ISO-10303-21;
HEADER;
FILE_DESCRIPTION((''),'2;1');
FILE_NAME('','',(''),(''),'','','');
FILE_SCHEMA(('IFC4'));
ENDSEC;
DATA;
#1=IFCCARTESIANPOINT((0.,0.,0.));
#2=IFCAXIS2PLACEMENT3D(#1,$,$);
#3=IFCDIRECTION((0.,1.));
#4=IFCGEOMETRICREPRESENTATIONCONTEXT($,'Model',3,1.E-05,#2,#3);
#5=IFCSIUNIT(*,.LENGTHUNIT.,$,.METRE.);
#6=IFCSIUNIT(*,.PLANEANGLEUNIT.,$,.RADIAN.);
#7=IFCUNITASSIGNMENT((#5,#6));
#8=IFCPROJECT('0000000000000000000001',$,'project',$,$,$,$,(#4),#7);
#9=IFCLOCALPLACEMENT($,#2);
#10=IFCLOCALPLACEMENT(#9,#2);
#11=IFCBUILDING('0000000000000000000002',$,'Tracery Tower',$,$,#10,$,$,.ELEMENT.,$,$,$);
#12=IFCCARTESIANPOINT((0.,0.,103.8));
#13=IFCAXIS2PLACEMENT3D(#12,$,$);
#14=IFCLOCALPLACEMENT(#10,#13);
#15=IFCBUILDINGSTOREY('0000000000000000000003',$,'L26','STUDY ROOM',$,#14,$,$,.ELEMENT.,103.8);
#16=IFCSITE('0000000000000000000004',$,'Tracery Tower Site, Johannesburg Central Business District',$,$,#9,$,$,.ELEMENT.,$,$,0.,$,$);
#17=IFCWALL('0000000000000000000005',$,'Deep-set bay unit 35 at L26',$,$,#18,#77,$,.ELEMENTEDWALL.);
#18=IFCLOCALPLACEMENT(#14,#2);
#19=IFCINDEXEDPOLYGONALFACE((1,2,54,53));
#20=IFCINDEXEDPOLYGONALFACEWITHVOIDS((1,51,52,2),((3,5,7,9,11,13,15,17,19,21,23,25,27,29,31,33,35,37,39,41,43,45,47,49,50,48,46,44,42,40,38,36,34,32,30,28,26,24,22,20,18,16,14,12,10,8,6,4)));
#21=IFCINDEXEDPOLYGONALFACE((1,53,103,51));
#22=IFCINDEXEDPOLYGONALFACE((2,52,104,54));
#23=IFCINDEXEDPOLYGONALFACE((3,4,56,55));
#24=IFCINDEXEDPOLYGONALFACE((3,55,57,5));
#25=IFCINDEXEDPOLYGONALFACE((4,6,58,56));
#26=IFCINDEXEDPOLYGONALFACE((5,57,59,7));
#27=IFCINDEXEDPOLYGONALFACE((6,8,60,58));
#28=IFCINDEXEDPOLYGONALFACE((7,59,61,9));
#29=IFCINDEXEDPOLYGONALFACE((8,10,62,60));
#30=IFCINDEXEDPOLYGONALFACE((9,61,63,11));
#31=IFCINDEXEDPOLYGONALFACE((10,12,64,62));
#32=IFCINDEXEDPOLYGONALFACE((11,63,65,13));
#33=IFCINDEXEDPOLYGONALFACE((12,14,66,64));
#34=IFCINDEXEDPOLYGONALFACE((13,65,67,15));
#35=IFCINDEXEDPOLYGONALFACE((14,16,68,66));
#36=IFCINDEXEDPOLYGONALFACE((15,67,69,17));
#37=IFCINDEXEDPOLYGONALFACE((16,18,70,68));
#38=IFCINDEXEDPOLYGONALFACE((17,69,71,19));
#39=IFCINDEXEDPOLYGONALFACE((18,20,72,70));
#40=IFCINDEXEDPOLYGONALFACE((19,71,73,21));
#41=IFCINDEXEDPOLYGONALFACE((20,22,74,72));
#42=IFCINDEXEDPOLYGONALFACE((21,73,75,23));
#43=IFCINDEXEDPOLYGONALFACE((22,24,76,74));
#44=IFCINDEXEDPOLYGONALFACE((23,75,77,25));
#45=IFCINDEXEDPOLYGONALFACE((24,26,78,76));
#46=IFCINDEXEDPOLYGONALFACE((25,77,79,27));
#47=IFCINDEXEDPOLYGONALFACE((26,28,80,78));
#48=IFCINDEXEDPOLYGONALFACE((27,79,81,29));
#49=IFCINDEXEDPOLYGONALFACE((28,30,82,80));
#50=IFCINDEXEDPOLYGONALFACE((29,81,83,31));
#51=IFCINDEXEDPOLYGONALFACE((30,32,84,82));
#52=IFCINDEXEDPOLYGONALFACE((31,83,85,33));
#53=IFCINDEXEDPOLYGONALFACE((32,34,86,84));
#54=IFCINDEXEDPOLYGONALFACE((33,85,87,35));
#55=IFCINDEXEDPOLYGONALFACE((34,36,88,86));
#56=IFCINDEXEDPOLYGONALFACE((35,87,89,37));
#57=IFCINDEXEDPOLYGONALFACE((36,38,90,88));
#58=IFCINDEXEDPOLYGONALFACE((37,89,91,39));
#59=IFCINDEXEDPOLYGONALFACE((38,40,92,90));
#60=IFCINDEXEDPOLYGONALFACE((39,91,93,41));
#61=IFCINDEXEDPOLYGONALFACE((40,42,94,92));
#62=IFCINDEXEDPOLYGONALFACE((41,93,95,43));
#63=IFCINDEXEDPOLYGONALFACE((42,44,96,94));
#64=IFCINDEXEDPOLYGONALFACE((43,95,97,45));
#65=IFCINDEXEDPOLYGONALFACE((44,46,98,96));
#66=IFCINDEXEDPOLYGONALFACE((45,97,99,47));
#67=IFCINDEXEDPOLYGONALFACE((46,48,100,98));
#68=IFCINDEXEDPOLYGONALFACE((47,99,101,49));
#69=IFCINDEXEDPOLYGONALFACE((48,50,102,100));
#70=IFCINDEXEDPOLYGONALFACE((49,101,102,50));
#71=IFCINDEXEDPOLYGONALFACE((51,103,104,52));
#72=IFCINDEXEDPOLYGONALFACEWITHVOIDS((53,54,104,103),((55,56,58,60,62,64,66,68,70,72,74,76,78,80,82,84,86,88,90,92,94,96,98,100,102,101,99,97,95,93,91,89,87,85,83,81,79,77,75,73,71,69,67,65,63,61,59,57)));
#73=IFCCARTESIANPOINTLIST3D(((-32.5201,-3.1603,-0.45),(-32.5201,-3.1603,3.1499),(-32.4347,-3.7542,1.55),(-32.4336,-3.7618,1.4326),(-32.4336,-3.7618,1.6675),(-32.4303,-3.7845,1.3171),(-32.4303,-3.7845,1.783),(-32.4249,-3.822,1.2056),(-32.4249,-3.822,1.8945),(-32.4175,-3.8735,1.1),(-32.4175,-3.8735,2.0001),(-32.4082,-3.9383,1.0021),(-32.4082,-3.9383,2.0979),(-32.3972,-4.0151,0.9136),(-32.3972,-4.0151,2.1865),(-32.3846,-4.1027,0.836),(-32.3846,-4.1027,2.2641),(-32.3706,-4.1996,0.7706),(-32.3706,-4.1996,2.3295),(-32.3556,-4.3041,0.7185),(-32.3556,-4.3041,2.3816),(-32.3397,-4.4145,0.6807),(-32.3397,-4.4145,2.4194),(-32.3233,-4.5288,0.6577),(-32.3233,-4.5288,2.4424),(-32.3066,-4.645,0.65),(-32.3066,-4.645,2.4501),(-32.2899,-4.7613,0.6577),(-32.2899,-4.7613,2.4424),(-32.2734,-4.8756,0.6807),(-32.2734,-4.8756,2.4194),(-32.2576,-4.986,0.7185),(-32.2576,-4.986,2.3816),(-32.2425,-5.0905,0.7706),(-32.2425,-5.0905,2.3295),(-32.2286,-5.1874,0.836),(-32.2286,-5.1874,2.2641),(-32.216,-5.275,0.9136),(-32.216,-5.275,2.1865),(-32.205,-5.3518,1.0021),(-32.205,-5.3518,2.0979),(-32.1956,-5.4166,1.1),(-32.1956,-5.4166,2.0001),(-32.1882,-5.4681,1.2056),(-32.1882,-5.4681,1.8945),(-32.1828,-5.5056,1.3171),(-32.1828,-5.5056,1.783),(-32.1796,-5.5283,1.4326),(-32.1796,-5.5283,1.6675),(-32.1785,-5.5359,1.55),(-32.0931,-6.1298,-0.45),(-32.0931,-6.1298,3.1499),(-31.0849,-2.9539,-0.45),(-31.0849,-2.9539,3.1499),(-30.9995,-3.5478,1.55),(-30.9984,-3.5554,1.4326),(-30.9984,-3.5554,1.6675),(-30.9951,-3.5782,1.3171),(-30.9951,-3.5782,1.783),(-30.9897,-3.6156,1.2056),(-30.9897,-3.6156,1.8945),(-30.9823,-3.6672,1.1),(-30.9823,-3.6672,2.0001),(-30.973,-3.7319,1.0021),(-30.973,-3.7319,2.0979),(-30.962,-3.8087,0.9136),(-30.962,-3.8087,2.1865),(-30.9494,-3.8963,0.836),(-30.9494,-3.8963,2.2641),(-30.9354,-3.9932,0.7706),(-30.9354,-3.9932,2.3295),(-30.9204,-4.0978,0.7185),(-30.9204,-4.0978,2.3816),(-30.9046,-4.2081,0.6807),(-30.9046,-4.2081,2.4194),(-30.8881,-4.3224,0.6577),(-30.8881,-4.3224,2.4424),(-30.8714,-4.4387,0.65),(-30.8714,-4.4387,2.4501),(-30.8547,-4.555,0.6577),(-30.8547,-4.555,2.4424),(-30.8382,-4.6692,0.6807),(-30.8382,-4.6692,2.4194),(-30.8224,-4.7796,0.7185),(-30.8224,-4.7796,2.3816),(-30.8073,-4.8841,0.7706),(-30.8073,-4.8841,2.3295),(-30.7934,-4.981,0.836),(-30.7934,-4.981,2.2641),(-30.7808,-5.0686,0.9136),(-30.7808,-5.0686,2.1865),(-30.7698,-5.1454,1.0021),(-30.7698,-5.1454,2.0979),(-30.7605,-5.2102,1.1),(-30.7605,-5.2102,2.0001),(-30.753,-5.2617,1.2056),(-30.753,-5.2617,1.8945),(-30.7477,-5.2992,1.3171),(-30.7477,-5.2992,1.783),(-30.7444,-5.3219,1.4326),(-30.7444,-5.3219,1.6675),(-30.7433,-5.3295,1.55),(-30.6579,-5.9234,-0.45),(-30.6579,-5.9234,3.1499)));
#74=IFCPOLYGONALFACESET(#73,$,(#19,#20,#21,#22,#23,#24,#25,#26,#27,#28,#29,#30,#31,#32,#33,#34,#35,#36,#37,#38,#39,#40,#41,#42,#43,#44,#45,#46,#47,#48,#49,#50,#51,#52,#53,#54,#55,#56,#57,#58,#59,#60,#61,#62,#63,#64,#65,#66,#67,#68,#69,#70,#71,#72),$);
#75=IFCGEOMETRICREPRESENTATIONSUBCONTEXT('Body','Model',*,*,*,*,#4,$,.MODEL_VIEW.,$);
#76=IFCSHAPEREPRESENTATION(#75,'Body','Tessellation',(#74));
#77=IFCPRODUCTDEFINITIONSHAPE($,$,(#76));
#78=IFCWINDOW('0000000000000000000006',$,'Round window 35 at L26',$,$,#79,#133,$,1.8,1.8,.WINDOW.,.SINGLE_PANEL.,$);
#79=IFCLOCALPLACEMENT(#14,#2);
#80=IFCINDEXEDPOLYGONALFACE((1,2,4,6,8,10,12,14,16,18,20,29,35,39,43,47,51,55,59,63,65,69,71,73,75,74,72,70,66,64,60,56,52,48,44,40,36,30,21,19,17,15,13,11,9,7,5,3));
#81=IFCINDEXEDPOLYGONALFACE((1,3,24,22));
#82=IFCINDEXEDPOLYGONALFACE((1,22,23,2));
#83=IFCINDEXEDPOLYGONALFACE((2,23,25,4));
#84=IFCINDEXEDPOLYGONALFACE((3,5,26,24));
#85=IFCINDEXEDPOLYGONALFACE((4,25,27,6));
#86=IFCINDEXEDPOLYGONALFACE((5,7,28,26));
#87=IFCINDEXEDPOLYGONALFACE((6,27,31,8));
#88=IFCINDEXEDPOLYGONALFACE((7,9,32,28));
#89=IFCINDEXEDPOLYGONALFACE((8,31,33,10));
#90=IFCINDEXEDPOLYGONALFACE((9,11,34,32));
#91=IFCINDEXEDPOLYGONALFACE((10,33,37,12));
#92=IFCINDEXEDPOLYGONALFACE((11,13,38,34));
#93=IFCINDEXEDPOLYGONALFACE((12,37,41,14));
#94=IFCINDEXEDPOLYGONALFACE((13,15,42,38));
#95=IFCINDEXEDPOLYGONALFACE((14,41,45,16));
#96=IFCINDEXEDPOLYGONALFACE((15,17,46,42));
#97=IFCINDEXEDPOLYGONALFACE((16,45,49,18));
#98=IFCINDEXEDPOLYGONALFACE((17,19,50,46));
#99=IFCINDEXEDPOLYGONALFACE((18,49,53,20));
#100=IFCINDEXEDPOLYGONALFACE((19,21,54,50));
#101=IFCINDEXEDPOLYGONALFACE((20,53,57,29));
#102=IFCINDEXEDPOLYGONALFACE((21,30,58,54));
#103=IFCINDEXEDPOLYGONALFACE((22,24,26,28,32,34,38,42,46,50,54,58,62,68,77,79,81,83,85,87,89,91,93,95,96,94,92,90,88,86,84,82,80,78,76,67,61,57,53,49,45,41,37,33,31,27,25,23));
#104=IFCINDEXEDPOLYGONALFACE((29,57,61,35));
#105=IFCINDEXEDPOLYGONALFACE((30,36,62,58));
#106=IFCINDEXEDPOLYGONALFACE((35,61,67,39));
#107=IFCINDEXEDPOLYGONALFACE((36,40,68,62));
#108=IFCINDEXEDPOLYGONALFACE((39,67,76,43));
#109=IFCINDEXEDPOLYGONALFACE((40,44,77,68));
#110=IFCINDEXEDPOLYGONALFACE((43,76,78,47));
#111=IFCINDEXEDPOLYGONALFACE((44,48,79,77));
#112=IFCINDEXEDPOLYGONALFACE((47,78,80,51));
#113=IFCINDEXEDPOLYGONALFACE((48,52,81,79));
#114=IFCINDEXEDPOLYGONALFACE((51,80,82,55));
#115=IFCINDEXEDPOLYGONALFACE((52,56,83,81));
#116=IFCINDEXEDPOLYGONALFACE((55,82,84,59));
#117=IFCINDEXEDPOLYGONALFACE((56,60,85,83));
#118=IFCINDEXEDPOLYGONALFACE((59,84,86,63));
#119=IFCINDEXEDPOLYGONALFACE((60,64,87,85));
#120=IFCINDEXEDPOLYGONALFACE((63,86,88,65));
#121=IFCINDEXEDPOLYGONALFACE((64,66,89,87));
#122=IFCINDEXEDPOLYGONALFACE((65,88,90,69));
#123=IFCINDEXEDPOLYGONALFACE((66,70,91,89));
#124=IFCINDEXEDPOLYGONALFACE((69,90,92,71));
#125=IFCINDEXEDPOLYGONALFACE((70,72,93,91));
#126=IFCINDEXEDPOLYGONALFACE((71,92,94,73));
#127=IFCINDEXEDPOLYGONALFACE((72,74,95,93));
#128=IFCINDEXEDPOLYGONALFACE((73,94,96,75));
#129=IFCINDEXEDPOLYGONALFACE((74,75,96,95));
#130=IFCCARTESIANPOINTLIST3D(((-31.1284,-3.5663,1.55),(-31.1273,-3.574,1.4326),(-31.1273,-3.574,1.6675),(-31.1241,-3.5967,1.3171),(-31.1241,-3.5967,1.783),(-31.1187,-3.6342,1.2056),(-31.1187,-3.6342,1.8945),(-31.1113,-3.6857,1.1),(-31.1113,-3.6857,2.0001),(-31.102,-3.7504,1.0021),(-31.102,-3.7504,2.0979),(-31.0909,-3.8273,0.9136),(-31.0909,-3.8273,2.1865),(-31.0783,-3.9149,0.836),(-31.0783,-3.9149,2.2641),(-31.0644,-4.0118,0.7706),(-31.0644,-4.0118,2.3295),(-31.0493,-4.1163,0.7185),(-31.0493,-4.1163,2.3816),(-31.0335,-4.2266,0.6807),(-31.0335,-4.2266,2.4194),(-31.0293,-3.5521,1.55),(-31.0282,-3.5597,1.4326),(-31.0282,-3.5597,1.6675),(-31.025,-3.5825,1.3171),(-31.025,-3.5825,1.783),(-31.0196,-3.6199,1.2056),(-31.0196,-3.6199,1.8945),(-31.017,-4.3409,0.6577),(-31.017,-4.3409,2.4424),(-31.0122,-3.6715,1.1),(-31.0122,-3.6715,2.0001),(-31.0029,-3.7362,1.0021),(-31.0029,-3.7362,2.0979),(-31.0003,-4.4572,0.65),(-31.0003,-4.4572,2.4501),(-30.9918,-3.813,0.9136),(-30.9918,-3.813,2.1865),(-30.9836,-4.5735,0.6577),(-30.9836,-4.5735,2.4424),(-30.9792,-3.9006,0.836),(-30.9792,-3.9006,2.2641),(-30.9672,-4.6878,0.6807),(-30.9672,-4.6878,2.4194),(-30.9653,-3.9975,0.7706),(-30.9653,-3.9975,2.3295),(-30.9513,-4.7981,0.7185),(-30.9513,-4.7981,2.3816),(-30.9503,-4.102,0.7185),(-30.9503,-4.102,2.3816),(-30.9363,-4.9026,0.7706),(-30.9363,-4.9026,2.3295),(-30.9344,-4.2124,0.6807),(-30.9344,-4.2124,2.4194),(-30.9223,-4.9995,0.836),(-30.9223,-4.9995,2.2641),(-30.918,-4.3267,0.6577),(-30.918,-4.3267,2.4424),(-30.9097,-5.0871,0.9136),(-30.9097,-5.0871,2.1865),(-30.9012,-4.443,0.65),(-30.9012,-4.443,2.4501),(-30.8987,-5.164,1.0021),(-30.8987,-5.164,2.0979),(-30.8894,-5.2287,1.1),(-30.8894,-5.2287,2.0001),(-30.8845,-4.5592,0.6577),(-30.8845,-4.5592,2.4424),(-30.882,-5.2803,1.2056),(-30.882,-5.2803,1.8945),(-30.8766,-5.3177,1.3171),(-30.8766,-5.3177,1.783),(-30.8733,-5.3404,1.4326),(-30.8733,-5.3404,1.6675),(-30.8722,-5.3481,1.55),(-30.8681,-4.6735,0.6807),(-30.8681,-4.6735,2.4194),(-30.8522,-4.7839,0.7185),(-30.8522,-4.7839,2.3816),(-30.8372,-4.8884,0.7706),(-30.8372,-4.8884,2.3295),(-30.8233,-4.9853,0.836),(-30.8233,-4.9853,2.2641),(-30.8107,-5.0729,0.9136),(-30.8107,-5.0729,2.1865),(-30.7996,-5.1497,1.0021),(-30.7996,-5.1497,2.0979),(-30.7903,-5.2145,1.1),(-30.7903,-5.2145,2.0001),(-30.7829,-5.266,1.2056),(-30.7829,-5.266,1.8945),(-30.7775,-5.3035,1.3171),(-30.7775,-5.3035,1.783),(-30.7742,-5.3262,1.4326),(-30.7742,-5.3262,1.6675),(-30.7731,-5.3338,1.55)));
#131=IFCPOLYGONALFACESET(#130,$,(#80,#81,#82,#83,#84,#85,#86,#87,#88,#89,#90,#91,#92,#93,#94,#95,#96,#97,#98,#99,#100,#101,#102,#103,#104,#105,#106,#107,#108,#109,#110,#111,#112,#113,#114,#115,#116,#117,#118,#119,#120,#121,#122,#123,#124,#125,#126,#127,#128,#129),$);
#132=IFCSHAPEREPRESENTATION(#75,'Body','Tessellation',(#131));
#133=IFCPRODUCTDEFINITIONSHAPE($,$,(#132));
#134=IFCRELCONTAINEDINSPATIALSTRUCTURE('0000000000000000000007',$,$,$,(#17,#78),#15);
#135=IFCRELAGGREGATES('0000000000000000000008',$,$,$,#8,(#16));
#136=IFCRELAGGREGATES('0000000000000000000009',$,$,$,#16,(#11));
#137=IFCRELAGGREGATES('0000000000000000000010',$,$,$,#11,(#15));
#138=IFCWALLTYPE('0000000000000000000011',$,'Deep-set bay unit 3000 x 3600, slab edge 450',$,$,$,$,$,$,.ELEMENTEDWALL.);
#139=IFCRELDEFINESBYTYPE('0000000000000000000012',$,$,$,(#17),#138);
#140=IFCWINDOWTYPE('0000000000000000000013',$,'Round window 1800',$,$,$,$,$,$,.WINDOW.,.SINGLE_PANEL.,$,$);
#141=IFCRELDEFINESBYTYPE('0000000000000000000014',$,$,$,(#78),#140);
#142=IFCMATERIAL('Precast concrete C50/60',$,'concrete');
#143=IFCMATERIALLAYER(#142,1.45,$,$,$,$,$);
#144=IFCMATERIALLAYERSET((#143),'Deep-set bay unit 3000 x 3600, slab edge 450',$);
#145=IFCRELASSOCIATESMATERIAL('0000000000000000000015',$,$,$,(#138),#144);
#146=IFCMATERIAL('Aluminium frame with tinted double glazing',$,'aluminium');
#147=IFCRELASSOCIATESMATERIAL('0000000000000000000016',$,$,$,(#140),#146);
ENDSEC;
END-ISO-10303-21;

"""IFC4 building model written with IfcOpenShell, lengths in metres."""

from ifc_helpers import new_model, si_unit, direction, frame, frame_2d, origin, origin_2d, place, context, subcontext, project, spatial, rectangle, circle, extrude, material, layer, layer_set, type_object, element, fill, save


model = new_model("IFC4")

# Units and contexts
model_context = context("Model", 3, precision=1e-05, world=origin(), true_north=direction((0.0, 1.0)))
body_context = subcontext(model_context, "Body", "Model", "MODEL_VIEW")
ifc_project = project(units=[si_unit("LENGTHUNIT", "METRE"), si_unit("PLANEANGLEUNIT", "RADIAN")], contexts=[model_context])

# Site, building, storey
site_placement = place(None, origin())
site = spatial("IfcSite", under=ifc_project, at=site_placement, Name="Tracery Tower Site, Johannesburg Central Business District", CompositionType="ELEMENT", RefElevation=0.0)
building_placement = place(site_placement, origin())
building = spatial("IfcBuilding", under=site, at=building_placement, Name="Tracery Tower", CompositionType="ELEMENT")
storey_placement = place(building_placement, frame((0.0, 0.0, 103.8)))
storey = spatial("IfcBuildingStorey", under=building, at=storey_placement, Name="L26", Description="STUDY ROOM", CompositionType="ELEMENT", Elevation=103.8)

# Wall, opening, window
ifc_material_1 = material(Name="Precast concrete C50/60", Category="concrete")
ifc_layer_1 = layer(ifc_material_1, 1.45)
ifc_layer_set_1 = layer_set([ifc_layer_1], Name="Deep-set bay unit 3000 x 3600, slab edge 450")
wall_type_1 = type_object("IfcWallType", Name="Deep-set bay unit 3000 x 3600, slab edge 450", PredefinedType="ELEMENTEDWALL", material=ifc_layer_set_1)
wall_1_placement = place(storey_placement, frame((-31.8025, -3.0571, -0.45), z_axis=(0.0, 0.0, 1.0), x_axis=(0.142333, -0.989819, 0.0)))
wall_1 = element("IfcWall", 1, at=wall_1_placement, inside=storey, type_object=wall_type_1, Name="Deep-set bay unit 35 at L26", PredefinedType="ELEMENTEDWALL", context=body_context, shape_type="SweptSolid", body=[
    extrude(rectangle(XDim=3.0, YDim=1.45, at=frame_2d((1.5, 0.0))), origin(), (0.0, 0.0, 1.0), 3.5999),
])
opening_1_placement = place(wall_1_placement, frame((1.5, 0.0, 2.0)))
opening_1 = element("IfcOpeningElement", 2, at=opening_1_placement, cuts=wall_1, PredefinedType="OPENING", context=body_context, shape_type="SweptSolid", body=[
    extrude(circle(Radius=0.9, at=origin_2d()), frame((0.0, 0.7349, 0.0), z_axis=(0.0, -1.0, 0.0), x_axis=(1.0, 0.0, 0.0)), (0.0, 0.0, 1.0), 1.47),
])
ifc_material_2 = material(Name="Aluminium frame with tinted double glazing", Category="aluminium")
window_type = type_object("IfcWindowType", Name="Round window 1800", PartitioningType="SINGLE_PANEL", PredefinedType="WINDOW", material=ifc_material_2)
window_1_placement = place(opening_1_placement, origin())
window_1 = element("IfcWindow", 3, at=window_1_placement, inside=storey, type_object=window_type, Name="Round window 35 at L26", OverallHeight=1.8, OverallWidth=1.8, PartitioningType="SINGLE_PANEL", PredefinedType="WINDOW", context=body_context, shape_type="SweptSolid", body=[
    extrude(circle(Radius=0.9, at=origin_2d()), frame((0.0, 0.6948, 0.0), z_axis=(0.0, -1.0, 0.0), x_axis=(1.0, 0.0, 0.0)), (0.0, 0.0, 1.0), 0.1001),
])
fill(opening_1, window_1)

save(model, "model.ifc")
